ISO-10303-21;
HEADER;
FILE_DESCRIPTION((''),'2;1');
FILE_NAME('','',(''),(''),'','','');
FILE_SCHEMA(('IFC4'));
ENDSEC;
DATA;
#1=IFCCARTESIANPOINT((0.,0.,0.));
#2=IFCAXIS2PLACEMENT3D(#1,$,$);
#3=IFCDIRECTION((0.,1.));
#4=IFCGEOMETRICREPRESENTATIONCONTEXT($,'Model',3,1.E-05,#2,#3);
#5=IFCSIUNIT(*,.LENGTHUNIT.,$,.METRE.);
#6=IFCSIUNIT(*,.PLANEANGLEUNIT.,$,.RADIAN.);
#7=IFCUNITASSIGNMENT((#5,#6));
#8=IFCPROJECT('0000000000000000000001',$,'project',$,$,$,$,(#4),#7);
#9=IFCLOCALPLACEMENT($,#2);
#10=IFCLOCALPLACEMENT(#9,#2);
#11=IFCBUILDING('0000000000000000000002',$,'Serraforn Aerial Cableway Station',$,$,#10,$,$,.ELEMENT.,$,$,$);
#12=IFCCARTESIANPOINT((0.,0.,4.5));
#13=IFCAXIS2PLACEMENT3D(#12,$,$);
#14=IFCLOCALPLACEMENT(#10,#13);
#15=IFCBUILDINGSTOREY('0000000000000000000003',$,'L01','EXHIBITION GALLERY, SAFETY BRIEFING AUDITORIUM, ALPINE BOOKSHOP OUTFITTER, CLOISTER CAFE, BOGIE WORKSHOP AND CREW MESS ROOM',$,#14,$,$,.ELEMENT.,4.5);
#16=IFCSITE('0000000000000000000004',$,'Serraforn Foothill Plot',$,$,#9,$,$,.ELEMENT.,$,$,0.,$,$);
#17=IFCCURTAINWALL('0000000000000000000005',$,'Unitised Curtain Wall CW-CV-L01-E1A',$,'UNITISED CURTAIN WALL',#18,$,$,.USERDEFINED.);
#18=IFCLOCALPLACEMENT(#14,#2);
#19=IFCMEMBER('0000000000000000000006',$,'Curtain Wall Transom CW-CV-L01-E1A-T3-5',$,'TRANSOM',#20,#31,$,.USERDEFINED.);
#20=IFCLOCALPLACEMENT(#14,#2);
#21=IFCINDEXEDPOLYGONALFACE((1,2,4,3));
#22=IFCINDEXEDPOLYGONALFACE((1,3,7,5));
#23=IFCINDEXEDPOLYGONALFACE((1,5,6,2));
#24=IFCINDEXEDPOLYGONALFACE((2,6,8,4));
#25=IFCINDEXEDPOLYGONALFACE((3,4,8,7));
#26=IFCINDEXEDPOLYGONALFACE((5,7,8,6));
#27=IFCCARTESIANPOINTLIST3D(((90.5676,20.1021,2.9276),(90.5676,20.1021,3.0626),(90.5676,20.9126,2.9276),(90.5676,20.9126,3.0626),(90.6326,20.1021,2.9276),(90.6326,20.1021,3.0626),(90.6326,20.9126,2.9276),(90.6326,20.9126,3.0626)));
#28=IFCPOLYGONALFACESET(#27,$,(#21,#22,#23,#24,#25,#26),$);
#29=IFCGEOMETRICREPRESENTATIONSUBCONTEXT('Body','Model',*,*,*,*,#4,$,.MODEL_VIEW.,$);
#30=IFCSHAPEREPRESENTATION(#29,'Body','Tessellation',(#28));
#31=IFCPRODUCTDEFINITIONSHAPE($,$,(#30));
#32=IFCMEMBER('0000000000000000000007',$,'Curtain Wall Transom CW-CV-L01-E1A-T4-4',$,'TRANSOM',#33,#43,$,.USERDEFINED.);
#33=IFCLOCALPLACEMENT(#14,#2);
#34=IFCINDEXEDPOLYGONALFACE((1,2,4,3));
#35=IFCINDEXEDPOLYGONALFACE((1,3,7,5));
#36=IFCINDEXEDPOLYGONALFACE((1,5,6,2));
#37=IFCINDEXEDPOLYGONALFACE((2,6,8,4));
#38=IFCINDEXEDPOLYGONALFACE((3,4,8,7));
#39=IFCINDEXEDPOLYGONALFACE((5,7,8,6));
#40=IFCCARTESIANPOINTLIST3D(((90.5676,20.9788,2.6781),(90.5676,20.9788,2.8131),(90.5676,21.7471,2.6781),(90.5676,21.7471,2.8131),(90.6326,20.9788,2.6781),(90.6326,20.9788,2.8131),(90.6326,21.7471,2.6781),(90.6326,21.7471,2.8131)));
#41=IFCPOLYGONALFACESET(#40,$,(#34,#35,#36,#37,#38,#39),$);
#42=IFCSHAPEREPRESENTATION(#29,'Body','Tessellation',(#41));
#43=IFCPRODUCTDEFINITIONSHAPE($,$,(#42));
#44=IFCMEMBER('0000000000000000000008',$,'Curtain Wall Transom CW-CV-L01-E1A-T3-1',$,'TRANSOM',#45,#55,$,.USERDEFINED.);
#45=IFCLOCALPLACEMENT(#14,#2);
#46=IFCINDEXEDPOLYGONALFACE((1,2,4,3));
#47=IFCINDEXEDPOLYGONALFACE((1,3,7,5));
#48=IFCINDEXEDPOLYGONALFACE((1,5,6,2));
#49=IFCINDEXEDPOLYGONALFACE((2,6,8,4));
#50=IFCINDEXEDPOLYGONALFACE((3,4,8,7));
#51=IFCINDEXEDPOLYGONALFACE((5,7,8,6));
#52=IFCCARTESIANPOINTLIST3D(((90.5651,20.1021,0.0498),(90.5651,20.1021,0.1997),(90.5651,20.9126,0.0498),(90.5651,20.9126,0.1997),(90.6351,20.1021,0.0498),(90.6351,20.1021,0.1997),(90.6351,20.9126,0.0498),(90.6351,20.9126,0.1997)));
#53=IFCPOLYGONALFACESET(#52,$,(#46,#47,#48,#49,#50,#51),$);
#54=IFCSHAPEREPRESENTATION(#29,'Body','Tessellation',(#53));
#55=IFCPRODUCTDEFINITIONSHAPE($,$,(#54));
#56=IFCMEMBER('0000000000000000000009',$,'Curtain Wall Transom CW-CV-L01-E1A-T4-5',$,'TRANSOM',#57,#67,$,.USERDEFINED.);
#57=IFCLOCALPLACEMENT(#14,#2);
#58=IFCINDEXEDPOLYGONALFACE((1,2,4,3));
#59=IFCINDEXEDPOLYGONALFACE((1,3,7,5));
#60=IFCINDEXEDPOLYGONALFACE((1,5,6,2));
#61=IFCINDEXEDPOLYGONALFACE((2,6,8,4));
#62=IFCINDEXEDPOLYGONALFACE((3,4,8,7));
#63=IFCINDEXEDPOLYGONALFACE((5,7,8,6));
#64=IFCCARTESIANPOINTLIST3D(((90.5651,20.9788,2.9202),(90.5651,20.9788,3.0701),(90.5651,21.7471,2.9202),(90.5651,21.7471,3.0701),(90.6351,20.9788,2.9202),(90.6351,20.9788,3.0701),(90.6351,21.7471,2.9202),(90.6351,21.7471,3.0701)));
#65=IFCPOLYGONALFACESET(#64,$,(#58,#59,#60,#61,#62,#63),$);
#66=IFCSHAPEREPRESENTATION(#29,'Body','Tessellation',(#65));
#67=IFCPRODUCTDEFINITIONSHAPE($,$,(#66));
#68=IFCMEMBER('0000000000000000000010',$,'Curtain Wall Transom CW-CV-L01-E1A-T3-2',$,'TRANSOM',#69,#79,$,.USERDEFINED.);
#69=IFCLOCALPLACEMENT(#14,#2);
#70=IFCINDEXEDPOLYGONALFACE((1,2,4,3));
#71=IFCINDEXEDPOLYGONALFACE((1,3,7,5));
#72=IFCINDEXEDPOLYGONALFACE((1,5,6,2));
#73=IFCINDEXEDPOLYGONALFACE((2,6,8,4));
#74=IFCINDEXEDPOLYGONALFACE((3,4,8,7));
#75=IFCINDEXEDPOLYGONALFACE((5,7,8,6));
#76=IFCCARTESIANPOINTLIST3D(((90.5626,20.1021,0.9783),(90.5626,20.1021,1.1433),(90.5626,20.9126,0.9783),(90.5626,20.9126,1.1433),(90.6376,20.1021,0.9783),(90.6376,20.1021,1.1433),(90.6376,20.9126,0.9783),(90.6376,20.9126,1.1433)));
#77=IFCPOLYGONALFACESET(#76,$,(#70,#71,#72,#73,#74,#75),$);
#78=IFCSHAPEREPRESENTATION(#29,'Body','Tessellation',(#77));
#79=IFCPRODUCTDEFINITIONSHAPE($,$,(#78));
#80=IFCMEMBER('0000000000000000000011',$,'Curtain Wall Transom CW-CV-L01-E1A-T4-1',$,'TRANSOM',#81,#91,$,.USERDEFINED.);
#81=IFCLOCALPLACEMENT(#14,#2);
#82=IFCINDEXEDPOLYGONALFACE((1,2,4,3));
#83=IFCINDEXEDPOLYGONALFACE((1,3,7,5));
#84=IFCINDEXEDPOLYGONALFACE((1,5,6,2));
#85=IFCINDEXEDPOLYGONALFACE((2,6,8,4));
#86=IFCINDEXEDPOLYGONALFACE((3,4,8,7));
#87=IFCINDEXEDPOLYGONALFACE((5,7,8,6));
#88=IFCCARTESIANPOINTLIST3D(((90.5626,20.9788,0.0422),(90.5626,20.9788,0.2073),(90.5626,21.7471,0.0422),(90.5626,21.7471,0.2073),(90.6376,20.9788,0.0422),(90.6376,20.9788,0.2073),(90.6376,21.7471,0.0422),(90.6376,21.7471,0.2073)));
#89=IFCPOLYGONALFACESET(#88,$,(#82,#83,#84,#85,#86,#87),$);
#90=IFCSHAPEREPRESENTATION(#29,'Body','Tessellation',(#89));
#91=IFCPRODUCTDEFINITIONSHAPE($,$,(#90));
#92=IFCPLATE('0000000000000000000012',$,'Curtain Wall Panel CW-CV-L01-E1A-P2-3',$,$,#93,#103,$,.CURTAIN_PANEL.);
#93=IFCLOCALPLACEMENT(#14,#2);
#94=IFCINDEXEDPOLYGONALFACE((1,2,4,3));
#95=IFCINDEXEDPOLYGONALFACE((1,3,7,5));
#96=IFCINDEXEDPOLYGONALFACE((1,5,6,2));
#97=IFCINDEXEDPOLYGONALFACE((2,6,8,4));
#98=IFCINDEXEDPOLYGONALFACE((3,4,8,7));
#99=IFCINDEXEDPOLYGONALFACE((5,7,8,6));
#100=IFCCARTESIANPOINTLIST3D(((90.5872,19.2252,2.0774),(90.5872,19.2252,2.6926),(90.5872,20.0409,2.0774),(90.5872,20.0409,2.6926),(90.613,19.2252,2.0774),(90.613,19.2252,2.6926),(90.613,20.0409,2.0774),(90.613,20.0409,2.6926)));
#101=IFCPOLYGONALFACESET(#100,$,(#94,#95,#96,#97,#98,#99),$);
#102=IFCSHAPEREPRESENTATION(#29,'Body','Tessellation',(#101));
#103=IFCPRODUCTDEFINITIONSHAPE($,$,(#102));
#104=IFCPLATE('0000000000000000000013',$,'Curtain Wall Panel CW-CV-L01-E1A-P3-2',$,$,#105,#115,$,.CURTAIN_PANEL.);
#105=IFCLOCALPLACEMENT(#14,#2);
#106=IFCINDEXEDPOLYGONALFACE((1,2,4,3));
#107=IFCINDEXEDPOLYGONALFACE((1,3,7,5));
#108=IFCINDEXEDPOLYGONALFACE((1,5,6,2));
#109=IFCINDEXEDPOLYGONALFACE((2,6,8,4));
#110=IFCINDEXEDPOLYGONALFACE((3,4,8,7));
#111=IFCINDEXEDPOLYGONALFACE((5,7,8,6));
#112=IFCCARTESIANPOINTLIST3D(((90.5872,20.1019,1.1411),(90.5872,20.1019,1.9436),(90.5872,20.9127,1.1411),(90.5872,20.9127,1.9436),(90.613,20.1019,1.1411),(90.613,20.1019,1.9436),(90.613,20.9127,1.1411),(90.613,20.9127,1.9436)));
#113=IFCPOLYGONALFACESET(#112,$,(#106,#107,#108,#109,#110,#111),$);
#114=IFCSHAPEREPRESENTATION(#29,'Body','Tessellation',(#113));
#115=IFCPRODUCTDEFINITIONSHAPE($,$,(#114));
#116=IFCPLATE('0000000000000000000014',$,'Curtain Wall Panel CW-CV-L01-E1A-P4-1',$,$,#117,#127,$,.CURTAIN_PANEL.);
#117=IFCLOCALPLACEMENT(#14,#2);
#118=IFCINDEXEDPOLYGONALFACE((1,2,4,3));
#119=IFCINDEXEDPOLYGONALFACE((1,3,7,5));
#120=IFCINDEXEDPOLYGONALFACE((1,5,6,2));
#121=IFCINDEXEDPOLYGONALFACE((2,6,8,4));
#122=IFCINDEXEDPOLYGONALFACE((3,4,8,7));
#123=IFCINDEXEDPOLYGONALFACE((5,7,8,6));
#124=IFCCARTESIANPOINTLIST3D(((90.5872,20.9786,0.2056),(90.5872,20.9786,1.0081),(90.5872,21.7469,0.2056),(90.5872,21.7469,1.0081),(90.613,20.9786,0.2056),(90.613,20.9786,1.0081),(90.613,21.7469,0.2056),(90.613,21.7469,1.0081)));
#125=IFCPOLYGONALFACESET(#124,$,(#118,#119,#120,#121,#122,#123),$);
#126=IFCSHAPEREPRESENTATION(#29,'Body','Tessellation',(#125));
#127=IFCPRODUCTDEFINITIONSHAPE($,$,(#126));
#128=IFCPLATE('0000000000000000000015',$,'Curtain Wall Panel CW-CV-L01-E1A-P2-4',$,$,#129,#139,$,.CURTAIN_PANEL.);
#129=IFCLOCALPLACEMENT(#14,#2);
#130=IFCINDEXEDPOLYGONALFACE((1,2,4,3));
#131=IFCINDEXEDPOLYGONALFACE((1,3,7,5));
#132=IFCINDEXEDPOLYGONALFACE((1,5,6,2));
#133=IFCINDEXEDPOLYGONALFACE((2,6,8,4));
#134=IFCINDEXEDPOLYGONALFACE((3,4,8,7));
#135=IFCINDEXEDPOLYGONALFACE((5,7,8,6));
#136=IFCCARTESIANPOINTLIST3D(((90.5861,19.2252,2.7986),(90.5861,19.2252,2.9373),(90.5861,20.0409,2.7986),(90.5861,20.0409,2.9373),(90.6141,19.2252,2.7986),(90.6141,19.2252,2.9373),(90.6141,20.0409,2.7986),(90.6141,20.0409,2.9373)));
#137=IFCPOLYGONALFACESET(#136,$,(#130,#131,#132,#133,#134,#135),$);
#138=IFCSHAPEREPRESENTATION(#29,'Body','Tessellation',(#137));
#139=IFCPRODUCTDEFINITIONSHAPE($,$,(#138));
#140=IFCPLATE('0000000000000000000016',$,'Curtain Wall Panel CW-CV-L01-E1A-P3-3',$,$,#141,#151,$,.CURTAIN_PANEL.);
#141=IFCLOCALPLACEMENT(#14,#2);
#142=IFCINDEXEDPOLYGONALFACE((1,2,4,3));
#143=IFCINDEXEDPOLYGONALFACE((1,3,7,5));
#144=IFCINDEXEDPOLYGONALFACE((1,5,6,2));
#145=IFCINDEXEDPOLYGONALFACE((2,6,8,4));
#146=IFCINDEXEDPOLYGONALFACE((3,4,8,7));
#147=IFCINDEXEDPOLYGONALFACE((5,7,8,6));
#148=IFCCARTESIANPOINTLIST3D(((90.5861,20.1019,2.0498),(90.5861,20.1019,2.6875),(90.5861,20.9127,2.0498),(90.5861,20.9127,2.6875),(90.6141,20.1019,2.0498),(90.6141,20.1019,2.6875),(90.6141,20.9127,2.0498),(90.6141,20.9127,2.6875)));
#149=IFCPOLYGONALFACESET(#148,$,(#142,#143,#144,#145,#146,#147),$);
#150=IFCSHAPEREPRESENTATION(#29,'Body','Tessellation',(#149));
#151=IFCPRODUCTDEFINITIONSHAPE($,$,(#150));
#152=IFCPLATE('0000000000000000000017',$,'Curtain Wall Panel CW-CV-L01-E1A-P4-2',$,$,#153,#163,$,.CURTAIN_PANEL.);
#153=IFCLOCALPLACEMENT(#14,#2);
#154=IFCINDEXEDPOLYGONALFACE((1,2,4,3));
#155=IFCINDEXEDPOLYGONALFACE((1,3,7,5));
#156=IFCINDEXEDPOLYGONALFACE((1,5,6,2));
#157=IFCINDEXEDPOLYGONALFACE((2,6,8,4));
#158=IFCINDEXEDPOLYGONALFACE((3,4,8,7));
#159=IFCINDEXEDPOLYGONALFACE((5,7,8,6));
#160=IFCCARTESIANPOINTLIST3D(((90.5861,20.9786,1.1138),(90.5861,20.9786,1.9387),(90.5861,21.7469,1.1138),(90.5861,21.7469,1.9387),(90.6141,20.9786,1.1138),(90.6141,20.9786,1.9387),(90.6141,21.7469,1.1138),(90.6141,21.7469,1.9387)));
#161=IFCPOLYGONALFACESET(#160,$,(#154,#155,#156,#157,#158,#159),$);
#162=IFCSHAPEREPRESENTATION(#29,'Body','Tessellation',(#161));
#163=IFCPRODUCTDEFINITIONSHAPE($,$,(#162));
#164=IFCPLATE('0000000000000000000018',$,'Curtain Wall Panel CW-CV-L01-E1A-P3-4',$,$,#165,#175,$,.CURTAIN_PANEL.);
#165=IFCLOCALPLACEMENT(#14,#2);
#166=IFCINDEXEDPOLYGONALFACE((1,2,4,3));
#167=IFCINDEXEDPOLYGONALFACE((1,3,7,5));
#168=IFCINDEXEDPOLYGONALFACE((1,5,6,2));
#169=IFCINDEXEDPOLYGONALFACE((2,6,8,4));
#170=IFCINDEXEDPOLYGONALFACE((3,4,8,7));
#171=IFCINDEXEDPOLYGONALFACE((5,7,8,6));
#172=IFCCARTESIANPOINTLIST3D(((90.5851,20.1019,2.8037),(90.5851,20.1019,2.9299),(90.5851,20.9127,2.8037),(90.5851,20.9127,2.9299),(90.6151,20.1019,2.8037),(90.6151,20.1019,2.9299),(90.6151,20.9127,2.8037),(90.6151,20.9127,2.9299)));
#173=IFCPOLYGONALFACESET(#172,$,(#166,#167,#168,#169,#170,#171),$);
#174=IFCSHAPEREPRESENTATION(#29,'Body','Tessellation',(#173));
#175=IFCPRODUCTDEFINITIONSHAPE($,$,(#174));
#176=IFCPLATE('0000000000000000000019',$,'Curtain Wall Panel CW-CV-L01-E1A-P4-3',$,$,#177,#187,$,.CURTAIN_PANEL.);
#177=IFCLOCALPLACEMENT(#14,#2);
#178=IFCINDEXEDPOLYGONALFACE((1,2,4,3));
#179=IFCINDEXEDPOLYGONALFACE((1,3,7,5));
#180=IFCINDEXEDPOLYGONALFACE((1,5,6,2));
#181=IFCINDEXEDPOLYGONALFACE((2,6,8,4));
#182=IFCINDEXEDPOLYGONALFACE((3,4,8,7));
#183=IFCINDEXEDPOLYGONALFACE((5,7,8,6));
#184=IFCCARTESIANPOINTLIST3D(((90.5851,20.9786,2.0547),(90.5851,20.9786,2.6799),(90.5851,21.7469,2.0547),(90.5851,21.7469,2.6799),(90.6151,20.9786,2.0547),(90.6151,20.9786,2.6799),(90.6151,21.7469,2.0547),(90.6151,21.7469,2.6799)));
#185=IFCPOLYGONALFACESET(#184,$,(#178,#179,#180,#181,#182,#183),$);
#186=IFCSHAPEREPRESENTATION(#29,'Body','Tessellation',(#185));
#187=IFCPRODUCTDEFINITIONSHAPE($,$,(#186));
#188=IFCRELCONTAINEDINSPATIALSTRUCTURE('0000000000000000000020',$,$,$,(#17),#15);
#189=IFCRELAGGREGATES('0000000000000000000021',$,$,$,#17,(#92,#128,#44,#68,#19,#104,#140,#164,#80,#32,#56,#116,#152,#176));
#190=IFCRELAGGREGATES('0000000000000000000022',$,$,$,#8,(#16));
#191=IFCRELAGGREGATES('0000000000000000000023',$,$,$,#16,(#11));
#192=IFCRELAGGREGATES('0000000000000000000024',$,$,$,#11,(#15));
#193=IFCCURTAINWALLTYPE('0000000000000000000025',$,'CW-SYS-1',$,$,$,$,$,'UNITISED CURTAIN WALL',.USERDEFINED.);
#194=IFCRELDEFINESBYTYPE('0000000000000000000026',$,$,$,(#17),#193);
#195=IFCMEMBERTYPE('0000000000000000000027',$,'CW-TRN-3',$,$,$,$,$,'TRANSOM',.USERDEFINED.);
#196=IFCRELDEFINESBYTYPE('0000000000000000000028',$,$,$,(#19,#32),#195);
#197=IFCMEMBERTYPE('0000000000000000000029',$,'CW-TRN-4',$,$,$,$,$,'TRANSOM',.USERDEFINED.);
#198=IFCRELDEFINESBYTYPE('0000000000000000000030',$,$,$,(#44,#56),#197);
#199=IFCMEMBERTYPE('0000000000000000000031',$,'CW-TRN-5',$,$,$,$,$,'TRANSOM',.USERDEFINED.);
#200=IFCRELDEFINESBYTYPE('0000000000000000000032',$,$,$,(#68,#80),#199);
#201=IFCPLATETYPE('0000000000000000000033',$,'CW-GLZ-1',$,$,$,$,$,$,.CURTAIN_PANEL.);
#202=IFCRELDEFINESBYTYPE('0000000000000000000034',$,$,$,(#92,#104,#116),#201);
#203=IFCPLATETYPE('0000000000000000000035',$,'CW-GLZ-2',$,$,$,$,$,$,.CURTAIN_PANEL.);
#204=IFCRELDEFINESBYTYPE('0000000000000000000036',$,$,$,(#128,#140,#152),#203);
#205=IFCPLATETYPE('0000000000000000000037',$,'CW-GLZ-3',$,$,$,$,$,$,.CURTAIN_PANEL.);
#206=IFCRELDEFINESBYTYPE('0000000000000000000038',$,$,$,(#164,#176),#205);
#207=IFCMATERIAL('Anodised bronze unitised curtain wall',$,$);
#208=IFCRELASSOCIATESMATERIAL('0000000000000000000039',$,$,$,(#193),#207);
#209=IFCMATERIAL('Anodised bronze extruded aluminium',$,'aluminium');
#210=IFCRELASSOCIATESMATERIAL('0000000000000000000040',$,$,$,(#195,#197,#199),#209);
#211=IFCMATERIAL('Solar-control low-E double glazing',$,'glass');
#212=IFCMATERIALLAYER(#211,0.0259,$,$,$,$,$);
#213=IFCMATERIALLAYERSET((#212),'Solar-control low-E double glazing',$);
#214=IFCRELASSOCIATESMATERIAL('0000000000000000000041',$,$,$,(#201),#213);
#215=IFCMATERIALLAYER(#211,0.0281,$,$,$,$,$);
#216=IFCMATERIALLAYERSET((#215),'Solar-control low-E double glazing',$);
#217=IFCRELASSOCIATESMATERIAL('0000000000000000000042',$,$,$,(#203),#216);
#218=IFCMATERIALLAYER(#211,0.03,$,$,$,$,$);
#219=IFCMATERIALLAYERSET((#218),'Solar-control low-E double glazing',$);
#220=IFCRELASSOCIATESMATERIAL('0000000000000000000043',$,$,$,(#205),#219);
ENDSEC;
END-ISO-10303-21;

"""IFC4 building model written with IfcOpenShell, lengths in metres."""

from ifc_helpers import new_model, si_unit, direction, frame, origin, origin_2d, place, context, subcontext, project, spatial, rectangle, extrude, material, layer, layer_set, material_profile, profile_set, type_object, element, aggregate, save


model = new_model("IFC4")

# Units and contexts
model_context = context("Model", 3, precision=1e-05, world=origin(), true_north=direction((0.0, 1.0)))
body_context = subcontext(model_context, "Body", "Model", "MODEL_VIEW")
ifc_project = project(units=[si_unit("LENGTHUNIT", "METRE"), si_unit("PLANEANGLEUNIT", "RADIAN")], contexts=[model_context])

# Site, building, storey
site_placement = place(None, origin())
site = spatial("IfcSite", under=ifc_project, at=site_placement, Name="Serraforn Foothill Plot", CompositionType="ELEMENT", RefElevation=0.0)
building_placement = place(site_placement, origin())
building = spatial("IfcBuilding", under=site, at=building_placement, Name="Serraforn Aerial Cableway Station", CompositionType="ELEMENT")
storey_placement = place(building_placement, frame((0.0, 0.0, 4.5)))
storey = spatial("IfcBuildingStorey", under=building, at=storey_placement, Name="L01", Description="EXHIBITION GALLERY, SAFETY BRIEFING AUDITORIUM, ALPINE BOOKSHOP OUTFITTER, CLOISTER CAFE, BOGIE WORKSHOP AND CREW MESS ROOM", CompositionType="ELEMENT", Elevation=4.5)

# Shared definitions
ifc_material_1 = material(Name="Anodised bronze unitised curtain wall")
ifc_material_2 = material(Name="Anodised bronze extruded aluminium", Category="aluminium")

# Curtain wall, members, plates
curtain_wall_type_1 = type_object("IfcCurtainWallType", Name="CW-SYS-1", ElementType="UNITISED CURTAIN WALL", PredefinedType="USERDEFINED", material=ifc_material_1)
curtain_wall_1_placement = place(storey_placement, origin())
curtain_wall_1 = element("IfcCurtainWall", 1, at=curtain_wall_1_placement, inside=storey, type_object=curtain_wall_type_1, Name="Unitised Curtain Wall CW-CV-L01-E1A", ObjectType="UNITISED CURTAIN WALL", PredefinedType="USERDEFINED")
ifc_material_profile_1 = material_profile(ifc_material_2, rectangle(XDim=0.0649, YDim=0.135, at=origin_2d()), Name="CW TRANSOM 65x135")
ifc_profile_set_1 = profile_set([ifc_material_profile_1], Name="Anodised bronze extruded aluminium")
member_type_1 = type_object("IfcMemberType", Name="CW-TRN-3", ElementType="TRANSOM", PredefinedType="USERDEFINED", material=ifc_profile_set_1)
member_1_placement = place(storey_placement, frame((90.6001, 20.1021, 2.9951), z_axis=(0.0, 1.0, 0.0), x_axis=(-1.0, 0.0, 0.0)))
member_1 = element("IfcMember", 2, at=member_1_placement, type_object=member_type_1, Name="Curtain Wall Transom CW-CV-L01-E1A-T3-5", ObjectType="TRANSOM", PredefinedType="USERDEFINED", context=body_context, shape_type="SweptSolid", body=[
    extrude(rectangle(XDim=0.0649, YDim=0.135, at=origin_2d()), origin(), (0.0, 0.0, 1.0), 0.8105),
])
member_2_placement = place(storey_placement, frame((90.6001, 20.9788, 2.7456), z_axis=(0.0, 1.0, 0.0), x_axis=(-1.0, 0.0, 0.0)))
member_2 = element("IfcMember", 3, at=member_2_placement, type_object=member_type_1, Name="Curtain Wall Transom CW-CV-L01-E1A-T4-4", ObjectType="TRANSOM", PredefinedType="USERDEFINED", context=body_context, shape_type="SweptSolid", body=[
    extrude(rectangle(XDim=0.0649, YDim=0.135, at=origin_2d()), origin(), (0.0, 0.0, 1.0), 0.7683),
])
ifc_material_profile_2 = material_profile(ifc_material_2, rectangle(XDim=0.0701, YDim=0.1499, at=origin_2d()), Name="CW TRANSOM 70x150")
ifc_profile_set_2 = profile_set([ifc_material_profile_2], Name="Anodised bronze extruded aluminium")
member_type_2 = type_object("IfcMemberType", Name="CW-TRN-4", ElementType="TRANSOM", PredefinedType="USERDEFINED", material=ifc_profile_set_2)
member_3_placement = place(storey_placement, frame((90.6001, 20.1021, 0.1248), z_axis=(0.0, 1.0, 0.0), x_axis=(-1.0, 0.0, 0.0)))
member_3 = element("IfcMember", 4, at=member_3_placement, type_object=member_type_2, Name="Curtain Wall Transom CW-CV-L01-E1A-T3-1", ObjectType="TRANSOM", PredefinedType="USERDEFINED", context=body_context, shape_type="SweptSolid", body=[
    extrude(rectangle(XDim=0.0701, YDim=0.1499, at=origin_2d()), origin(), (0.0, 0.0, 1.0), 0.8105),
])
member_4_placement = place(storey_placement, frame((90.6001, 20.9788, 2.9951), z_axis=(0.0, 1.0, 0.0), x_axis=(-1.0, 0.0, 0.0)))
member_4 = element("IfcMember", 5, at=member_4_placement, type_object=member_type_2, Name="Curtain Wall Transom CW-CV-L01-E1A-T4-5", ObjectType="TRANSOM", PredefinedType="USERDEFINED", context=body_context, shape_type="SweptSolid", body=[
    extrude(rectangle(XDim=0.0701, YDim=0.1499, at=origin_2d()), origin(), (0.0, 0.0, 1.0), 0.7683),
])
ifc_material_profile_3 = material_profile(ifc_material_2, rectangle(XDim=0.075, YDim=0.165, at=origin_2d()), Name="CW TRANSOM 75x165")
ifc_profile_set_3 = profile_set([ifc_material_profile_3], Name="Anodised bronze extruded aluminium")
member_type_3 = type_object("IfcMemberType", Name="CW-TRN-5", ElementType="TRANSOM", PredefinedType="USERDEFINED", material=ifc_profile_set_3)
member_5_placement = place(storey_placement, frame((90.6001, 20.1021, 1.0608), z_axis=(0.0, 1.0, 0.0), x_axis=(-1.0, 0.0, 0.0)))
member_5 = element("IfcMember", 6, at=member_5_placement, type_object=member_type_3, Name="Curtain Wall Transom CW-CV-L01-E1A-T3-2", ObjectType="TRANSOM", PredefinedType="USERDEFINED", context=body_context, shape_type="SweptSolid", body=[
    extrude(rectangle(XDim=0.075, YDim=0.165, at=origin_2d()), origin(), (0.0, 0.0, 1.0), 0.8105),
])
member_6_placement = place(storey_placement, frame((90.6001, 20.9788, 0.1248), z_axis=(0.0, 1.0, 0.0), x_axis=(-1.0, 0.0, 0.0)))
member_6 = element("IfcMember", 7, at=member_6_placement, type_object=member_type_3, Name="Curtain Wall Transom CW-CV-L01-E1A-T4-1", ObjectType="TRANSOM", PredefinedType="USERDEFINED", context=body_context, shape_type="SweptSolid", body=[
    extrude(rectangle(XDim=0.075, YDim=0.165, at=origin_2d()), origin(), (0.0, 0.0, 1.0), 0.7683),
])
ifc_material_3 = material(Name="Solar-control low-E double glazing", Category="glass")
ifc_layer_1 = layer(ifc_material_3, 0.0259)
ifc_layer_set_1 = layer_set([ifc_layer_1], Name="Solar-control low-E double glazing")
plate_type_1 = type_object("IfcPlateType", Name="CW-GLZ-1", PredefinedType="CURTAIN_PANEL", material=ifc_layer_set_1)
plate_1_placement = place(storey_placement, frame((90.6001, 19.6331, 2.0774), z_axis=(0.0, 0.0, 1.0), x_axis=(1.0, 0.0, 0.0)))
plate_1 = element("IfcPlate", 8, at=plate_1_placement, type_object=plate_type_1, Name="Curtain Wall Panel CW-CV-L01-E1A-P2-3", PredefinedType="CURTAIN_PANEL", context=body_context, shape_type="SweptSolid", body=[
    extrude(rectangle(XDim=0.0259, YDim=0.8157, at=origin_2d()), origin(), (0.0, 0.0, 1.0), 0.6152),
])
plate_2_placement = place(storey_placement, frame((90.6001, 20.5073, 1.1411), z_axis=(0.0, 0.0, 1.0), x_axis=(1.0, 0.0, 0.0)))
plate_2 = element("IfcPlate", 9, at=plate_2_placement, type_object=plate_type_1, Name="Curtain Wall Panel CW-CV-L01-E1A-P3-2", PredefinedType="CURTAIN_PANEL", context=body_context, shape_type="SweptSolid", body=[
    extrude(rectangle(XDim=0.0259, YDim=0.8108, at=origin_2d()), origin(), (0.0, 0.0, 1.0), 0.8025),
])
plate_3_placement = place(storey_placement, frame((90.6001, 21.3628, 0.2056), z_axis=(0.0, 0.0, 1.0), x_axis=(1.0, 0.0, 0.0)))
plate_3 = element("IfcPlate", 10, at=plate_3_placement, type_object=plate_type_1, Name="Curtain Wall Panel CW-CV-L01-E1A-P4-1", PredefinedType="CURTAIN_PANEL", context=body_context, shape_type="SweptSolid", body=[
    extrude(rectangle(XDim=0.0259, YDim=0.7683, at=origin_2d()), origin(), (0.0, 0.0, 1.0), 0.8025),
])
ifc_layer_2 = layer(ifc_material_3, 0.0281)
ifc_layer_set_2 = layer_set([ifc_layer_2], Name="Solar-control low-E double glazing")
plate_type_2 = type_object("IfcPlateType", Name="CW-GLZ-2", PredefinedType="CURTAIN_PANEL", material=ifc_layer_set_2)
plate_4_placement = place(storey_placement, frame((90.6001, 19.6331, 2.7986), z_axis=(0.0, 0.0, 1.0), x_axis=(1.0, 0.0, 0.0)))
plate_4 = element("IfcPlate", 11, at=plate_4_placement, type_object=plate_type_2, Name="Curtain Wall Panel CW-CV-L01-E1A-P2-4", PredefinedType="CURTAIN_PANEL", context=body_context, shape_type="SweptSolid", body=[
    extrude(rectangle(XDim=0.0281, YDim=0.8157, at=origin_2d()), origin(), (0.0, 0.0, 1.0), 0.1387),
])
plate_5_placement = place(storey_placement, frame((90.6001, 20.5073, 2.0498), z_axis=(0.0, 0.0, 1.0), x_axis=(1.0, 0.0, 0.0)))
plate_5 = element("IfcPlate", 12, at=plate_5_placement, type_object=plate_type_2, Name="Curtain Wall Panel CW-CV-L01-E1A-P3-3", PredefinedType="CURTAIN_PANEL", context=body_context, shape_type="SweptSolid", body=[
    extrude(rectangle(XDim=0.0281, YDim=0.8108, at=origin_2d()), origin(), (0.0, 0.0, 1.0), 0.6377),
])
plate_6_placement = place(storey_placement, frame((90.6001, 21.3628, 1.1138), z_axis=(0.0, 0.0, 1.0), x_axis=(1.0, 0.0, 0.0)))
plate_6 = element("IfcPlate", 13, at=plate_6_placement, type_object=plate_type_2, Name="Curtain Wall Panel CW-CV-L01-E1A-P4-2", PredefinedType="CURTAIN_PANEL", context=body_context, shape_type="SweptSolid", body=[
    extrude(rectangle(XDim=0.0281, YDim=0.7683, at=origin_2d()), origin(), (0.0, 0.0, 1.0), 0.825),
])
ifc_layer_3 = layer(ifc_material_3, 0.03)
ifc_layer_set_3 = layer_set([ifc_layer_3], Name="Solar-control low-E double glazing")
plate_type_3 = type_object("IfcPlateType", Name="CW-GLZ-3", PredefinedType="CURTAIN_PANEL", material=ifc_layer_set_3)
plate_7_placement = place(storey_placement, frame((90.6001, 20.5073, 2.8037), z_axis=(0.0, 0.0, 1.0), x_axis=(1.0, 0.0, 0.0)))
plate_7 = element("IfcPlate", 14, at=plate_7_placement, type_object=plate_type_3, Name="Curtain Wall Panel CW-CV-L01-E1A-P3-4", PredefinedType="CURTAIN_PANEL", context=body_context, shape_type="SweptSolid", body=[
    extrude(rectangle(XDim=0.03, YDim=0.8108, at=origin_2d()), origin(), (0.0, 0.0, 1.0), 0.1262),
])
plate_8_placement = place(storey_placement, frame((90.6001, 21.3628, 2.0547), z_axis=(0.0, 0.0, 1.0), x_axis=(1.0, 0.0, 0.0)))
plate_8 = element("IfcPlate", 15, at=plate_8_placement, type_object=plate_type_3, Name="Curtain Wall Panel CW-CV-L01-E1A-P4-3", PredefinedType="CURTAIN_PANEL", context=body_context, shape_type="SweptSolid", body=[
    extrude(rectangle(XDim=0.03, YDim=0.7683, at=origin_2d()), origin(), (0.0, 0.0, 1.0), 0.6252),
])
aggregate(curtain_wall_1, [plate_1, plate_4, member_3, member_5, member_1, plate_2, plate_5, plate_7, member_6, member_2, member_4, plate_3, plate_6, plate_8])

save(model, "model.ifc")
